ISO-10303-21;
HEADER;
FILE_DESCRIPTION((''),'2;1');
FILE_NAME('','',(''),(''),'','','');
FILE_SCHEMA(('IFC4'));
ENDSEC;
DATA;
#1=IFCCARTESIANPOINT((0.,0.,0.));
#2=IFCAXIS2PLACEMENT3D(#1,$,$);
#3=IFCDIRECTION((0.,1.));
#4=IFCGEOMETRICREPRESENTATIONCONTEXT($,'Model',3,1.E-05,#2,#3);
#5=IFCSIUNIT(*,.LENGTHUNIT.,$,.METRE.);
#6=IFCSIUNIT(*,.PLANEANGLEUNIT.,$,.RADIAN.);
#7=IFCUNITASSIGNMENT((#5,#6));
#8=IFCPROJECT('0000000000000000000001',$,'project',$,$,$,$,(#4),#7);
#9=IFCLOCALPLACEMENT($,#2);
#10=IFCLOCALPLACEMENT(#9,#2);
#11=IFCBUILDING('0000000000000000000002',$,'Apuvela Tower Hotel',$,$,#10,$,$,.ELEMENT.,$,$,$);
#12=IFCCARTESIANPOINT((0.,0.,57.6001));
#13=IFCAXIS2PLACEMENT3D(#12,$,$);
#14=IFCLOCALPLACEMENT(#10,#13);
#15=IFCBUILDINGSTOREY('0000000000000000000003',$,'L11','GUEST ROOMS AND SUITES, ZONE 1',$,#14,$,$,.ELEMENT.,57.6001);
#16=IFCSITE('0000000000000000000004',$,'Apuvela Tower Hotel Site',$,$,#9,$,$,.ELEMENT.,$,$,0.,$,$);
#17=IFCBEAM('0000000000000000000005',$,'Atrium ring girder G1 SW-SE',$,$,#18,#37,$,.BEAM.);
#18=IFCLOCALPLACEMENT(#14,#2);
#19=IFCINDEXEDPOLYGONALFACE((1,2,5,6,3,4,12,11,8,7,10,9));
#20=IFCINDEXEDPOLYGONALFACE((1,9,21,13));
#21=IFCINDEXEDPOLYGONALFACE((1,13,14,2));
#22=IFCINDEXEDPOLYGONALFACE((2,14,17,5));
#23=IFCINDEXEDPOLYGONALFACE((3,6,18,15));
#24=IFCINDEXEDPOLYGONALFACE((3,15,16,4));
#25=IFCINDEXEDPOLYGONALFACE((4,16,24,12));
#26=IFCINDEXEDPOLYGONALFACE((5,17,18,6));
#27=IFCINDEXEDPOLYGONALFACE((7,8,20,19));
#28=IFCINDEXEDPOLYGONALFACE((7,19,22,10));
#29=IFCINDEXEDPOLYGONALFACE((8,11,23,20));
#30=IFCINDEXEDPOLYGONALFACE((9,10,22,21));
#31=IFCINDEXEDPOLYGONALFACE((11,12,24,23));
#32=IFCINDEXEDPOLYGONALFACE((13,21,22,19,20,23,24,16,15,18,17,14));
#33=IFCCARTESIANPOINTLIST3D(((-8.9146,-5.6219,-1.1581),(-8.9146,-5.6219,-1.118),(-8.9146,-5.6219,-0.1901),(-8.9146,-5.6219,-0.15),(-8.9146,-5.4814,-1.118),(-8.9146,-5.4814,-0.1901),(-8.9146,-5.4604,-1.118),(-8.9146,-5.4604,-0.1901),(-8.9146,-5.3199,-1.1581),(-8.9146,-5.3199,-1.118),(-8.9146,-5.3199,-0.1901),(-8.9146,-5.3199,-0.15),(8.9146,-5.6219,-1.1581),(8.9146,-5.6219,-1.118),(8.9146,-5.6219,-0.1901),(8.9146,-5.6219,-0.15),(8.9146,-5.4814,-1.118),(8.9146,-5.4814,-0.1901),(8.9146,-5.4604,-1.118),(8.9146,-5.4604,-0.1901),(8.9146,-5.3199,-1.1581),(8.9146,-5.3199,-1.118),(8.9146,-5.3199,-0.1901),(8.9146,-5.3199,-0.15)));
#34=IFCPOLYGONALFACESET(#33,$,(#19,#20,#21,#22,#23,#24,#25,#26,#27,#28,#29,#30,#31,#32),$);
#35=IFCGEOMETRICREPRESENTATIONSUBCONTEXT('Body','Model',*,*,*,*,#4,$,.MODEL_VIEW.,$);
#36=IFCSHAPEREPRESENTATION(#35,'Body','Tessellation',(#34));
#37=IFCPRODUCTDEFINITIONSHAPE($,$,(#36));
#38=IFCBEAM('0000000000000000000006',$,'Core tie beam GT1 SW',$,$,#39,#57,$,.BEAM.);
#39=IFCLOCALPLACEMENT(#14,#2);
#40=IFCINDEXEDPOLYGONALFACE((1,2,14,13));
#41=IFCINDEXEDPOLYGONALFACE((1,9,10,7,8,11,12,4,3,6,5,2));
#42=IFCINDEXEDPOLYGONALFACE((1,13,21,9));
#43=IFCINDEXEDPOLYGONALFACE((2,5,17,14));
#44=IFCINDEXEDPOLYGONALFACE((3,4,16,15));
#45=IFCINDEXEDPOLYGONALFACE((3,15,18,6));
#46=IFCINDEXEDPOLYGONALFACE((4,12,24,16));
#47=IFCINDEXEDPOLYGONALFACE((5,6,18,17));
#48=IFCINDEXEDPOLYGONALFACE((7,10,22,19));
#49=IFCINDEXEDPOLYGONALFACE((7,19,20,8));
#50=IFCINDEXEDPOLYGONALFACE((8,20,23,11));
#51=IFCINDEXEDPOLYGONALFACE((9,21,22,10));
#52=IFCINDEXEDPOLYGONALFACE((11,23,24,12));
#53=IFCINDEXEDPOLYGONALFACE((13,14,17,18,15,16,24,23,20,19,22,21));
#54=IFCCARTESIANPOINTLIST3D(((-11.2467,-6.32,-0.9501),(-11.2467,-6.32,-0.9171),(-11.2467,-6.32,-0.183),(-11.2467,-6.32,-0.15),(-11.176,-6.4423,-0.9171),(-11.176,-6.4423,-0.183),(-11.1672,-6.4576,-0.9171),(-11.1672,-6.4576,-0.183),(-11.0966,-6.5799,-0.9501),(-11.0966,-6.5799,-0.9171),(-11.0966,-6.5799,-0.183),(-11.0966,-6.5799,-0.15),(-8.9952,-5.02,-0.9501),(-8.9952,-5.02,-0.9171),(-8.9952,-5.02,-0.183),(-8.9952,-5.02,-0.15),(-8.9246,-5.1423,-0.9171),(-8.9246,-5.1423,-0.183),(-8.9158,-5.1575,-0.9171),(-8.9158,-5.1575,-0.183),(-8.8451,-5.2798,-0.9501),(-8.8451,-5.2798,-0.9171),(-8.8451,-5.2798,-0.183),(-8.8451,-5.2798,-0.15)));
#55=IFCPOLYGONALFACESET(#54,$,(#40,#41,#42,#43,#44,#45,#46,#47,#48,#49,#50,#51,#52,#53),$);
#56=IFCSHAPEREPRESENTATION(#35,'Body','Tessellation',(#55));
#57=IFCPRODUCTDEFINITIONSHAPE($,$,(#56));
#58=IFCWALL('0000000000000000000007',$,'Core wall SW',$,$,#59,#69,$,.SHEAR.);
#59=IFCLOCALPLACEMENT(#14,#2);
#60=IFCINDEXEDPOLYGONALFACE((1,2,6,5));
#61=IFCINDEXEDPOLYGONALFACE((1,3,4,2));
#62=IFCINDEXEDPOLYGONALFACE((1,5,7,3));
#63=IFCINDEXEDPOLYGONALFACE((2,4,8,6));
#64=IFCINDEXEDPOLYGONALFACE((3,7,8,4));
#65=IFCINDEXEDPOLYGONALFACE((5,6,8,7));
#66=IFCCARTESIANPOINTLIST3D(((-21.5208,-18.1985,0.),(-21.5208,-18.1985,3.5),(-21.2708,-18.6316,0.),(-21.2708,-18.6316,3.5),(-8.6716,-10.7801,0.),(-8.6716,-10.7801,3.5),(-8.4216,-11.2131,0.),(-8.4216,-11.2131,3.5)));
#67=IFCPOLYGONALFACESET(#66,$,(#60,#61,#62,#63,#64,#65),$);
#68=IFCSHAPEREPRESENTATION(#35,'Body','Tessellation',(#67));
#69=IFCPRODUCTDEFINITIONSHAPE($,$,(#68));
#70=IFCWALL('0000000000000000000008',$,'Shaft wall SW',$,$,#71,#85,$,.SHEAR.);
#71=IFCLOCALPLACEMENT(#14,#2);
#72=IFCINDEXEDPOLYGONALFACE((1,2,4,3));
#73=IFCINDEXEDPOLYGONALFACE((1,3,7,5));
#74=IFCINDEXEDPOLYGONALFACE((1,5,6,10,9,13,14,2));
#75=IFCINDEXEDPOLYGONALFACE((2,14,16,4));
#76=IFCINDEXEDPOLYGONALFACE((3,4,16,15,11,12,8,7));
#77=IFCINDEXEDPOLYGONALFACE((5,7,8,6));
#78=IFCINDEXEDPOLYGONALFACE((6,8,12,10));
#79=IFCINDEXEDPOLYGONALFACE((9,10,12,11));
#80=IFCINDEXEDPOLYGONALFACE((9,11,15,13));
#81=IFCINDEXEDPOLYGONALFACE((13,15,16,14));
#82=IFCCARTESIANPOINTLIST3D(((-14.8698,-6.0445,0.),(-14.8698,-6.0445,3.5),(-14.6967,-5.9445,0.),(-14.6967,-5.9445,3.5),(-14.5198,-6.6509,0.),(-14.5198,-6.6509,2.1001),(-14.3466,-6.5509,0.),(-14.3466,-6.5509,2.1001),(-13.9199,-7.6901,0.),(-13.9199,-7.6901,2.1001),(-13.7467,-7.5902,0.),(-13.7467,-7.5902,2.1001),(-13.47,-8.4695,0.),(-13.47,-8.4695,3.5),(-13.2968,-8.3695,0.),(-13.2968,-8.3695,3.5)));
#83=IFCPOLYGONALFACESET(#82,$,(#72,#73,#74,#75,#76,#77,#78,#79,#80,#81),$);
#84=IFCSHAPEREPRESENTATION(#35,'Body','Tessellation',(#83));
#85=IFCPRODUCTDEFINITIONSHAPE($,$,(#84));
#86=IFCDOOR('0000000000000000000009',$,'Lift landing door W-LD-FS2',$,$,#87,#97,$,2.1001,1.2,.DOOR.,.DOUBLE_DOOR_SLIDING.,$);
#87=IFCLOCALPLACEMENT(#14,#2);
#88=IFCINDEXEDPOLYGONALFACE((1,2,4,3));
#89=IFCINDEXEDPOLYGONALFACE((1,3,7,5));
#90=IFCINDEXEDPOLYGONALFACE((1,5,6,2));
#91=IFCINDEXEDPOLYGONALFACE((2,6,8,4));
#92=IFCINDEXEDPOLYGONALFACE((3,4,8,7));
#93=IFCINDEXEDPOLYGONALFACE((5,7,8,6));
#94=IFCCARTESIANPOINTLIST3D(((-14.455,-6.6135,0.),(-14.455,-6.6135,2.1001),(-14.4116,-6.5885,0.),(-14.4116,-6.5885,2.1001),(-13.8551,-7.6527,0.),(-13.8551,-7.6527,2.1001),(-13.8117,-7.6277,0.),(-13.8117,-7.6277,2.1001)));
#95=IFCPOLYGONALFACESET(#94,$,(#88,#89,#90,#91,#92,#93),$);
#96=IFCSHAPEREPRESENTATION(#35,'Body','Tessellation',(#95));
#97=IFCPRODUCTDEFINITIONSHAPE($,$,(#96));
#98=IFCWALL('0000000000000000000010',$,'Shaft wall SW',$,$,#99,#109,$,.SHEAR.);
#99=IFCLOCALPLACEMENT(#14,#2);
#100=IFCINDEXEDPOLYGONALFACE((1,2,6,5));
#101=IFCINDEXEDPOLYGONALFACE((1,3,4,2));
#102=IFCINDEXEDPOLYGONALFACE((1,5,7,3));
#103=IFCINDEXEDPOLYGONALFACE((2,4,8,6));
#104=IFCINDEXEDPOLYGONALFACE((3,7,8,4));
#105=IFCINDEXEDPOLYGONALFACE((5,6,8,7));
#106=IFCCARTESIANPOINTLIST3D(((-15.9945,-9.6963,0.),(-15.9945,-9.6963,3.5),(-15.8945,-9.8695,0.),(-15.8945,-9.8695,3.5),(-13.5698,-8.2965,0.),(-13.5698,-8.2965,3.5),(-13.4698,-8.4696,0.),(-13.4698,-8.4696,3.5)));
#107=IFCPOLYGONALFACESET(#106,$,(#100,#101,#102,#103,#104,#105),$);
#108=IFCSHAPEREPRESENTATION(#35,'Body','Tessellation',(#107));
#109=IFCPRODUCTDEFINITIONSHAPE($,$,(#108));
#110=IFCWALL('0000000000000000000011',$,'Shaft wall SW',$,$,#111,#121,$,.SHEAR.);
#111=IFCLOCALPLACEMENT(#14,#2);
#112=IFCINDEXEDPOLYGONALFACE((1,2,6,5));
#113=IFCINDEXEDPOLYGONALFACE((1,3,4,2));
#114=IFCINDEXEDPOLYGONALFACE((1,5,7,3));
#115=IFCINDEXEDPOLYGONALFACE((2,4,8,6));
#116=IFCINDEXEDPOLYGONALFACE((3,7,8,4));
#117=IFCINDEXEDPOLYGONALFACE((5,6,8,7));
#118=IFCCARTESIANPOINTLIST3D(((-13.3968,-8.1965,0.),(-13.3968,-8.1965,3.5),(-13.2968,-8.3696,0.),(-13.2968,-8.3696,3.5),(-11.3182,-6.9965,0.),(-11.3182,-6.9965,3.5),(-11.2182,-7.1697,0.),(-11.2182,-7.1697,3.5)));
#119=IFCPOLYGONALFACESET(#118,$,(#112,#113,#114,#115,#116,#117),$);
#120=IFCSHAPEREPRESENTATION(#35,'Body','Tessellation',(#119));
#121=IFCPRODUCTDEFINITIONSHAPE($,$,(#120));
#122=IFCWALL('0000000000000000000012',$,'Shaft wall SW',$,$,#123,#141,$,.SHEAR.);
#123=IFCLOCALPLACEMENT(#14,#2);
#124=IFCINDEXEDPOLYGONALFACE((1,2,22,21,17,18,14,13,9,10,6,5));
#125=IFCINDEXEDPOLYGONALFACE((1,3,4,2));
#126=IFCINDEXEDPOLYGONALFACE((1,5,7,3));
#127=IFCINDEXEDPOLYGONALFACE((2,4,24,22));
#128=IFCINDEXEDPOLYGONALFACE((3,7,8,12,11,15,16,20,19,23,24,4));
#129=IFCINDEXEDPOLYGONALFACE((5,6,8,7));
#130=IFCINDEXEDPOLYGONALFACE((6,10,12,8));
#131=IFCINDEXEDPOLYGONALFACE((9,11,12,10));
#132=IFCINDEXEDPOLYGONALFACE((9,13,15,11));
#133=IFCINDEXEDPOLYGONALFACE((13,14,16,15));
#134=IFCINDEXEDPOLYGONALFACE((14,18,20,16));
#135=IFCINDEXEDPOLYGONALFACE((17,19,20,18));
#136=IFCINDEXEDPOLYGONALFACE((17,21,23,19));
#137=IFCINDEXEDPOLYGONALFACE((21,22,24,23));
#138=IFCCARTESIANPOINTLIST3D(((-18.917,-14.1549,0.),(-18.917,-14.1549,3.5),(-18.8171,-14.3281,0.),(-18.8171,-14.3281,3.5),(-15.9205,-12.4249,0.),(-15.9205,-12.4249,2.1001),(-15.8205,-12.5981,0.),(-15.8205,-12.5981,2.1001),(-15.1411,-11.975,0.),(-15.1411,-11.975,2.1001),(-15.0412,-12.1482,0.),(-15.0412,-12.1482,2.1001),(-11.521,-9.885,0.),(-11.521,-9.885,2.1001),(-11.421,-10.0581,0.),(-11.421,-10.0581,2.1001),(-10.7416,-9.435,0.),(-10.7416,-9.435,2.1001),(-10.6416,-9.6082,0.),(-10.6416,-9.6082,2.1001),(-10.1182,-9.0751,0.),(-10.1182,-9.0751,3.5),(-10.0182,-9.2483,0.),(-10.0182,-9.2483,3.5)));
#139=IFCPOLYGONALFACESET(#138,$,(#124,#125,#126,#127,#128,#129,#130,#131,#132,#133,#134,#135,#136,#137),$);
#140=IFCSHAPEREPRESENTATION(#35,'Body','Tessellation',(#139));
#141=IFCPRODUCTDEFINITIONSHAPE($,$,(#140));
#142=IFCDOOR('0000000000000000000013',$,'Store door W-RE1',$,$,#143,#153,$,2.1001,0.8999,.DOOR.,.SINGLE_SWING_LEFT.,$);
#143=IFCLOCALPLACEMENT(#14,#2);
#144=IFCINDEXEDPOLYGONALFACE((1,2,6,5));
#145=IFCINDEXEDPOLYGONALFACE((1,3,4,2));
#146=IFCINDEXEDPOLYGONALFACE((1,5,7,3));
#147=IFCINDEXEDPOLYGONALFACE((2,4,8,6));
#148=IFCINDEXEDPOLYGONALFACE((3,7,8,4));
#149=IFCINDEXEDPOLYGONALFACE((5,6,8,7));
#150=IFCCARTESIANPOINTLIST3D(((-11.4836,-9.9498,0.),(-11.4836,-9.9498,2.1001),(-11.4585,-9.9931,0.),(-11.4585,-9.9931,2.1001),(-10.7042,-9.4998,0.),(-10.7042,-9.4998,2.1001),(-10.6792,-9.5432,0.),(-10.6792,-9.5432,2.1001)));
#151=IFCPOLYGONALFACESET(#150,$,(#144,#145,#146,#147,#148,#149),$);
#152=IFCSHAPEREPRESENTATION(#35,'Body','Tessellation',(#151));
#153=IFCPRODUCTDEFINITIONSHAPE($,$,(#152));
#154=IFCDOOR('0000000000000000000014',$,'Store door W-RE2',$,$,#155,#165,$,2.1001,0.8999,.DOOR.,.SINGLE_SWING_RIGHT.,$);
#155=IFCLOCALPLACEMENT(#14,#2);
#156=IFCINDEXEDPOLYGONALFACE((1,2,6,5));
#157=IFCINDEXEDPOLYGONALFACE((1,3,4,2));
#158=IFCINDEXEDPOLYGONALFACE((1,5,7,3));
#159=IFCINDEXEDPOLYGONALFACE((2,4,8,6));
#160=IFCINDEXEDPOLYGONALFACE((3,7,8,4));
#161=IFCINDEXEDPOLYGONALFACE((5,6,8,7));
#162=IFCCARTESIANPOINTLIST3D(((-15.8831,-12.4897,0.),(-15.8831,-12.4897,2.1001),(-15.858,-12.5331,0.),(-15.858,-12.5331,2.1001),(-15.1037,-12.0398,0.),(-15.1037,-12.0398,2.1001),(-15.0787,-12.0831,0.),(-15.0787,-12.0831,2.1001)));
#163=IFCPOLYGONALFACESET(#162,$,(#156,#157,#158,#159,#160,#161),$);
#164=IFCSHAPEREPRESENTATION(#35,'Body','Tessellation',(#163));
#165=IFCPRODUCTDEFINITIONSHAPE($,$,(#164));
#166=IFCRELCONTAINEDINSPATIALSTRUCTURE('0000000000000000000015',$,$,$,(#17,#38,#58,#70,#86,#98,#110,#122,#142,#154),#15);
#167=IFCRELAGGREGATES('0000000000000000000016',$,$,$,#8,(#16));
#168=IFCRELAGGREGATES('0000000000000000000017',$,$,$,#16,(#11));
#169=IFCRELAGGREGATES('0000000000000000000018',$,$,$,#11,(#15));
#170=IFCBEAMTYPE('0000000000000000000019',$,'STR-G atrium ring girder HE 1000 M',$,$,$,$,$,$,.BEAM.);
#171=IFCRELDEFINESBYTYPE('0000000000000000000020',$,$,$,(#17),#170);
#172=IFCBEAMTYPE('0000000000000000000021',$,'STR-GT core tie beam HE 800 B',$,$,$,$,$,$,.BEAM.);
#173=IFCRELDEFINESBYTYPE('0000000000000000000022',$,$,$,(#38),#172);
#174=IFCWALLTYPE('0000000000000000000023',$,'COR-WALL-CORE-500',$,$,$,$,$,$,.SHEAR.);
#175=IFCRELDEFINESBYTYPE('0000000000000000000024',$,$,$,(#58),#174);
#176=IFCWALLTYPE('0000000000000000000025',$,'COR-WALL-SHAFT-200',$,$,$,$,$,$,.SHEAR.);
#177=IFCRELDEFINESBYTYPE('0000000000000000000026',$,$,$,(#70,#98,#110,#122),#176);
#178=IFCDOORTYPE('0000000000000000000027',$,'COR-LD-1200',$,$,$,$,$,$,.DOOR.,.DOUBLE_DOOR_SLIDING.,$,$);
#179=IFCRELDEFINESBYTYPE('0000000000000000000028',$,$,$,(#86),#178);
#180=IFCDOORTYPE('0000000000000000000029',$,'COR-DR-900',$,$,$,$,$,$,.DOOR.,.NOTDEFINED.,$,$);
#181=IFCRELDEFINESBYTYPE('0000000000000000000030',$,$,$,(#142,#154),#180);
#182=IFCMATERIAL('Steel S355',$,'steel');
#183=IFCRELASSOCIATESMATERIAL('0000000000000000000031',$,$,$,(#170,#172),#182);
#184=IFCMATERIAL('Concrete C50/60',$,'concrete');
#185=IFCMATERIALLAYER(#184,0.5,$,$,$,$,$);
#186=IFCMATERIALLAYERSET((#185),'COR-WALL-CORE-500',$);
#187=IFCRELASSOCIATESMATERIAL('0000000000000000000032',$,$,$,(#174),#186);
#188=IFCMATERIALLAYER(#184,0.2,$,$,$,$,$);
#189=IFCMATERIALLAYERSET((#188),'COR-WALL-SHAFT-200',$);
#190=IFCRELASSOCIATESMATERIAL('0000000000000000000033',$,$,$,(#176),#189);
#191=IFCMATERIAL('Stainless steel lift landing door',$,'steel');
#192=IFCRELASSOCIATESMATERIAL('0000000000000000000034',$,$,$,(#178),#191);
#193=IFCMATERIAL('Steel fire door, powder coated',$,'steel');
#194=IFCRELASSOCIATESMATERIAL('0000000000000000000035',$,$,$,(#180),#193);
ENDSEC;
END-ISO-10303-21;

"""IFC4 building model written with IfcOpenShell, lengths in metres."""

from ifc_helpers import new_model, si_unit, direction, frame, frame_2d, origin, origin_2d, place, context, subcontext, project, spatial, rectangle, i_section, extrude, material, layer, layer_set, material_profile, profile_set, type_object, element, fill, save


model = new_model("IFC4")

# Units and contexts
model_context = context("Model", 3, precision=1e-05, world=origin(), true_north=direction((0.0, 1.0)))
body_context = subcontext(model_context, "Body", "Model", "MODEL_VIEW")
ifc_project = project(units=[si_unit("LENGTHUNIT", "METRE"), si_unit("PLANEANGLEUNIT", "RADIAN")], contexts=[model_context])

# Site, building, storey
site_placement = place(None, origin())
site = spatial("IfcSite", under=ifc_project, at=site_placement, Name="Apuvela Tower Hotel Site", CompositionType="ELEMENT", RefElevation=0.0)
building_placement = place(site_placement, origin())
building = spatial("IfcBuilding", under=site, at=building_placement, Name="Apuvela Tower Hotel", CompositionType="ELEMENT")
storey_placement = place(building_placement, frame((0.0, 0.0, 57.6001)))
storey = spatial("IfcBuildingStorey", under=building, at=storey_placement, Name="L11", Description="GUEST ROOMS AND SUITES, ZONE 1", CompositionType="ELEMENT", Elevation=57.6001)

# Beams
ifc_material_1 = material(Name="Steel S355", Category="steel")
ifc_material_profile_1 = material_profile(ifc_material_1, i_section(OverallWidth=0.302, OverallDepth=1.0081, WebThickness=0.021, FlangeThickness=0.04, at=origin_2d()), Name="HE 1000 M")
ifc_profile_set_1 = profile_set([ifc_material_profile_1], Name="Steel S355")
beam_type_1 = type_object("IfcBeamType", Name="STR-G atrium ring girder HE 1000 M", PredefinedType="BEAM", material=ifc_profile_set_1)
beam_1_placement = place(storey_placement, frame((-8.9146, -5.4709, -0.6541), z_axis=(1.0, 0.0, 0.0), x_axis=(0.0, 1.0, 0.0)))
element("IfcBeam", 1, at=beam_1_placement, inside=storey, type_object=beam_type_1, Name="Atrium ring girder G1 SW-SE", PredefinedType="BEAM", context=body_context, shape_type="SweptSolid", body=[
    extrude(i_section(OverallWidth=0.302, OverallDepth=1.0081, WebThickness=0.021, FlangeThickness=0.04, at=origin_2d()), origin(), (0.0, 0.0, 1.0), 17.8291),
])
ifc_material_profile_2 = material_profile(ifc_material_1, i_section(OverallWidth=0.3, OverallDepth=0.8, WebThickness=0.0176, FlangeThickness=0.033, at=origin_2d()), Name="HE 800 B")
ifc_profile_set_2 = profile_set([ifc_material_profile_2], Name="Steel S355")
beam_type_2 = type_object("IfcBeamType", Name="STR-GT core tie beam HE 800 B", PredefinedType="BEAM", material=ifc_profile_set_2)
beam_2_placement = place(storey_placement, frame((-11.1716, -6.45, -0.55), z_axis=(0.865998, 0.500048, 0.0), x_axis=(-0.500048, 0.865998, 0.0)))
element("IfcBeam", 2, at=beam_2_placement, inside=storey, type_object=beam_type_2, Name="Core tie beam GT1 SW", PredefinedType="BEAM", context=body_context, shape_type="SweptSolid", body=[
    extrude(i_section(OverallWidth=0.3, OverallDepth=0.8, WebThickness=0.0176, FlangeThickness=0.033, at=origin_2d()), origin(), (0.0, 0.0, 1.0), 2.5999),
])

# Wall
ifc_material_2 = material(Name="Concrete C50/60", Category="concrete")
ifc_layer_1 = layer(ifc_material_2, 0.5)
ifc_layer_set_1 = layer_set([ifc_layer_1], Name="COR-WALL-CORE-500")
wall_type_1 = type_object("IfcWallType", Name="COR-WALL-CORE-500", PredefinedType="SHEAR", material=ifc_layer_set_1)
wall_1_placement = place(storey_placement, frame((-8.5466, -10.9966, 0.0), z_axis=(0.0, 0.0, 1.0), x_axis=(-0.866025, -0.500001, 0.0)))
element("IfcWall", 3, at=wall_1_placement, inside=storey, type_object=wall_type_1, Name="Core wall SW", PredefinedType="SHEAR", context=body_context, shape_type="SweptSolid", body=[
    extrude(rectangle(XDim=14.8369, YDim=0.5, at=frame_2d((7.4185, 0.0))), origin(), (0.0, 0.0, 1.0), 3.5),
])

# Wall, opening, door
ifc_layer_2 = layer(ifc_material_2, 0.2)
ifc_layer_set_2 = layer_set([ifc_layer_2], Name="COR-WALL-SHAFT-200")
wall_type_2 = type_object("IfcWallType", Name="COR-WALL-SHAFT-200", PredefinedType="SHEAR", material=ifc_layer_set_2)
wall_2_placement = place(storey_placement, frame((-14.7832, -5.9946, 0.0), z_axis=(0.0, 0.0, 1.0), x_axis=(0.499946, -0.866056, 0.0)))
wall_2 = element("IfcWall", 4, at=wall_2_placement, inside=storey, type_object=wall_type_2, Name="Shaft wall SW", PredefinedType="SHEAR", context=body_context, shape_type="SweptSolid", body=[
    extrude(rectangle(XDim=2.8, YDim=0.2, at=frame_2d((1.3999, 0.0))), origin(), (0.0, 0.0, 1.0), 3.5),
])
opening_1_placement = place(wall_2_placement, frame((0.7, 0.0, 0.0)))
opening_1 = element("IfcOpeningElement", 5, at=opening_1_placement, cuts=wall_2, PredefinedType="OPENING", context=body_context, shape_type="SweptSolid", body=[
    extrude(rectangle(XDim=1.2, YDim=2.1001, at=frame_2d((0.6001, 1.05))), frame((0.0, 0.1099, 0.0), z_axis=(0.0, -1.0, 0.0), x_axis=(1.0, 0.0, 0.0)), (0.0, 0.0, 1.0), 0.22),
])
ifc_material_3 = material(Name="Stainless steel lift landing door", Category="steel")
door_type_1 = type_object("IfcDoorType", Name="COR-LD-1200", OperationType="DOUBLE_DOOR_SLIDING", PredefinedType="DOOR", material=ifc_material_3)
door_1_placement = place(opening_1_placement, origin())
door_1 = element("IfcDoor", 6, at=door_1_placement, inside=storey, type_object=door_type_1, Name="Lift landing door W-LD-FS2", OperationType="DOUBLE_DOOR_SLIDING", OverallHeight=2.1001, OverallWidth=1.2, PredefinedType="DOOR", context=body_context, shape_type="SweptSolid", body=[
    extrude(rectangle(XDim=1.2, YDim=2.1001, at=frame_2d((0.6001, 1.05))), frame((0.0, 0.0249, 0.0), z_axis=(0.0, -1.0, 0.0), x_axis=(1.0, 0.0, 0.0)), (0.0, 0.0, 1.0), 0.05),
])
fill(opening_1, door_1)

# Walls
wall_3_placement = place(storey_placement, frame((-13.5198, -8.3831, 0.0), z_axis=(0.0, 0.0, 1.0), x_axis=(-0.866035, -0.499984, 0.0)))
element("IfcWall", 7, at=wall_3_placement, inside=storey, type_object=wall_type_2, Name="Shaft wall SW", PredefinedType="SHEAR", context=body_context, shape_type="SweptSolid", body=[
    extrude(rectangle(XDim=2.7998, YDim=0.2, at=frame_2d((1.3999, 0.0))), origin(), (0.0, 0.0, 1.0), 3.5),
])
wall_4_placement = place(storey_placement, frame((-11.2681, -7.083, 0.0), z_axis=(0.0, 0.0, 1.0), x_axis=(-0.86605, -0.499957, 0.0)))
element("IfcWall", 8, at=wall_4_placement, inside=storey, type_object=wall_type_2, Name="Shaft wall SW", PredefinedType="SHEAR", context=body_context, shape_type="SweptSolid", body=[
    extrude(rectangle(XDim=2.4001, YDim=0.2, at=frame_2d((1.2002, 0.0))), origin(), (0.0, 0.0, 1.0), 3.5),
])

# Wall, openings, doors
wall_5_placement = place(storey_placement, frame((-10.0681, -9.1616, 0.0), z_axis=(0.0, 0.0, 1.0), x_axis=(-0.866033, -0.499987, 0.0)))
wall_5 = element("IfcWall", 9, at=wall_5_placement, inside=storey, type_object=wall_type_2, Name="Shaft wall SW", PredefinedType="SHEAR", context=body_context, shape_type="SweptSolid", body=[
    extrude(rectangle(XDim=10.1599, YDim=0.2, at=frame_2d((5.0801, 0.0))), origin(), (0.0, 0.0, 1.0), 3.5),
])
opening_2_placement = place(wall_5_placement, frame((0.72, 0.0, 0.0)))
opening_2 = element("IfcOpeningElement", 10, at=opening_2_placement, cuts=wall_5, PredefinedType="OPENING", context=body_context, shape_type="SweptSolid", body=[
    extrude(rectangle(XDim=0.8999, YDim=2.1001, at=frame_2d((0.45, 1.05))), frame((0.0, 0.1099, 0.0), z_axis=(0.0, -1.0, 0.0), x_axis=(1.0, 0.0, 0.0)), (0.0, 0.0, 1.0), 0.22),
])
opening_3_placement = place(wall_5_placement, frame((5.8, 0.0, 0.0)))
opening_3 = element("IfcOpeningElement", 11, at=opening_3_placement, cuts=wall_5, PredefinedType="OPENING", context=body_context, shape_type="SweptSolid", body=[
    extrude(rectangle(XDim=0.8999, YDim=2.1001, at=frame_2d((0.45, 1.05))), frame((0.0, 0.1099, 0.0), z_axis=(0.0, -1.0, 0.0), x_axis=(1.0, 0.0, 0.0)), (0.0, 0.0, 1.0), 0.22),
])
ifc_material_4 = material(Name="Steel fire door, powder coated", Category="steel")
door_type_2 = type_object("IfcDoorType", Name="COR-DR-900", OperationType="NOTDEFINED", PredefinedType="DOOR", material=ifc_material_4)
door_2_placement = place(opening_2_placement, origin())
door_2 = element("IfcDoor", 12, at=door_2_placement, inside=storey, type_object=door_type_2, Name="Store door W-RE1", OperationType="SINGLE_SWING_LEFT", OverallHeight=2.1001, OverallWidth=0.8999, PredefinedType="DOOR", context=body_context, shape_type="SweptSolid", body=[
    extrude(rectangle(XDim=0.8999, YDim=2.1001, at=frame_2d((0.45, 1.05))), frame((0.0, 0.0249, 0.0), z_axis=(0.0, -1.0, 0.0), x_axis=(1.0, 0.0, 0.0)), (0.0, 0.0, 1.0), 0.05),
])
fill(opening_2, door_2)
door_3_placement = place(opening_3_placement, origin())
door_3 = element("IfcDoor", 13, at=door_3_placement, inside=storey, type_object=door_type_2, Name="Store door W-RE2", OperationType="SINGLE_SWING_RIGHT", OverallHeight=2.1001, OverallWidth=0.8999, PredefinedType="DOOR", context=body_context, shape_type="SweptSolid", body=[
    extrude(rectangle(XDim=0.8999, YDim=2.1001, at=frame_2d((0.45, 1.05))), frame((0.0, 0.0249, 0.0), z_axis=(0.0, -1.0, 0.0), x_axis=(1.0, 0.0, 0.0)), (0.0, 0.0, 1.0), 0.05),
])
fill(opening_3, door_3)

save(model, "model.ifc")
